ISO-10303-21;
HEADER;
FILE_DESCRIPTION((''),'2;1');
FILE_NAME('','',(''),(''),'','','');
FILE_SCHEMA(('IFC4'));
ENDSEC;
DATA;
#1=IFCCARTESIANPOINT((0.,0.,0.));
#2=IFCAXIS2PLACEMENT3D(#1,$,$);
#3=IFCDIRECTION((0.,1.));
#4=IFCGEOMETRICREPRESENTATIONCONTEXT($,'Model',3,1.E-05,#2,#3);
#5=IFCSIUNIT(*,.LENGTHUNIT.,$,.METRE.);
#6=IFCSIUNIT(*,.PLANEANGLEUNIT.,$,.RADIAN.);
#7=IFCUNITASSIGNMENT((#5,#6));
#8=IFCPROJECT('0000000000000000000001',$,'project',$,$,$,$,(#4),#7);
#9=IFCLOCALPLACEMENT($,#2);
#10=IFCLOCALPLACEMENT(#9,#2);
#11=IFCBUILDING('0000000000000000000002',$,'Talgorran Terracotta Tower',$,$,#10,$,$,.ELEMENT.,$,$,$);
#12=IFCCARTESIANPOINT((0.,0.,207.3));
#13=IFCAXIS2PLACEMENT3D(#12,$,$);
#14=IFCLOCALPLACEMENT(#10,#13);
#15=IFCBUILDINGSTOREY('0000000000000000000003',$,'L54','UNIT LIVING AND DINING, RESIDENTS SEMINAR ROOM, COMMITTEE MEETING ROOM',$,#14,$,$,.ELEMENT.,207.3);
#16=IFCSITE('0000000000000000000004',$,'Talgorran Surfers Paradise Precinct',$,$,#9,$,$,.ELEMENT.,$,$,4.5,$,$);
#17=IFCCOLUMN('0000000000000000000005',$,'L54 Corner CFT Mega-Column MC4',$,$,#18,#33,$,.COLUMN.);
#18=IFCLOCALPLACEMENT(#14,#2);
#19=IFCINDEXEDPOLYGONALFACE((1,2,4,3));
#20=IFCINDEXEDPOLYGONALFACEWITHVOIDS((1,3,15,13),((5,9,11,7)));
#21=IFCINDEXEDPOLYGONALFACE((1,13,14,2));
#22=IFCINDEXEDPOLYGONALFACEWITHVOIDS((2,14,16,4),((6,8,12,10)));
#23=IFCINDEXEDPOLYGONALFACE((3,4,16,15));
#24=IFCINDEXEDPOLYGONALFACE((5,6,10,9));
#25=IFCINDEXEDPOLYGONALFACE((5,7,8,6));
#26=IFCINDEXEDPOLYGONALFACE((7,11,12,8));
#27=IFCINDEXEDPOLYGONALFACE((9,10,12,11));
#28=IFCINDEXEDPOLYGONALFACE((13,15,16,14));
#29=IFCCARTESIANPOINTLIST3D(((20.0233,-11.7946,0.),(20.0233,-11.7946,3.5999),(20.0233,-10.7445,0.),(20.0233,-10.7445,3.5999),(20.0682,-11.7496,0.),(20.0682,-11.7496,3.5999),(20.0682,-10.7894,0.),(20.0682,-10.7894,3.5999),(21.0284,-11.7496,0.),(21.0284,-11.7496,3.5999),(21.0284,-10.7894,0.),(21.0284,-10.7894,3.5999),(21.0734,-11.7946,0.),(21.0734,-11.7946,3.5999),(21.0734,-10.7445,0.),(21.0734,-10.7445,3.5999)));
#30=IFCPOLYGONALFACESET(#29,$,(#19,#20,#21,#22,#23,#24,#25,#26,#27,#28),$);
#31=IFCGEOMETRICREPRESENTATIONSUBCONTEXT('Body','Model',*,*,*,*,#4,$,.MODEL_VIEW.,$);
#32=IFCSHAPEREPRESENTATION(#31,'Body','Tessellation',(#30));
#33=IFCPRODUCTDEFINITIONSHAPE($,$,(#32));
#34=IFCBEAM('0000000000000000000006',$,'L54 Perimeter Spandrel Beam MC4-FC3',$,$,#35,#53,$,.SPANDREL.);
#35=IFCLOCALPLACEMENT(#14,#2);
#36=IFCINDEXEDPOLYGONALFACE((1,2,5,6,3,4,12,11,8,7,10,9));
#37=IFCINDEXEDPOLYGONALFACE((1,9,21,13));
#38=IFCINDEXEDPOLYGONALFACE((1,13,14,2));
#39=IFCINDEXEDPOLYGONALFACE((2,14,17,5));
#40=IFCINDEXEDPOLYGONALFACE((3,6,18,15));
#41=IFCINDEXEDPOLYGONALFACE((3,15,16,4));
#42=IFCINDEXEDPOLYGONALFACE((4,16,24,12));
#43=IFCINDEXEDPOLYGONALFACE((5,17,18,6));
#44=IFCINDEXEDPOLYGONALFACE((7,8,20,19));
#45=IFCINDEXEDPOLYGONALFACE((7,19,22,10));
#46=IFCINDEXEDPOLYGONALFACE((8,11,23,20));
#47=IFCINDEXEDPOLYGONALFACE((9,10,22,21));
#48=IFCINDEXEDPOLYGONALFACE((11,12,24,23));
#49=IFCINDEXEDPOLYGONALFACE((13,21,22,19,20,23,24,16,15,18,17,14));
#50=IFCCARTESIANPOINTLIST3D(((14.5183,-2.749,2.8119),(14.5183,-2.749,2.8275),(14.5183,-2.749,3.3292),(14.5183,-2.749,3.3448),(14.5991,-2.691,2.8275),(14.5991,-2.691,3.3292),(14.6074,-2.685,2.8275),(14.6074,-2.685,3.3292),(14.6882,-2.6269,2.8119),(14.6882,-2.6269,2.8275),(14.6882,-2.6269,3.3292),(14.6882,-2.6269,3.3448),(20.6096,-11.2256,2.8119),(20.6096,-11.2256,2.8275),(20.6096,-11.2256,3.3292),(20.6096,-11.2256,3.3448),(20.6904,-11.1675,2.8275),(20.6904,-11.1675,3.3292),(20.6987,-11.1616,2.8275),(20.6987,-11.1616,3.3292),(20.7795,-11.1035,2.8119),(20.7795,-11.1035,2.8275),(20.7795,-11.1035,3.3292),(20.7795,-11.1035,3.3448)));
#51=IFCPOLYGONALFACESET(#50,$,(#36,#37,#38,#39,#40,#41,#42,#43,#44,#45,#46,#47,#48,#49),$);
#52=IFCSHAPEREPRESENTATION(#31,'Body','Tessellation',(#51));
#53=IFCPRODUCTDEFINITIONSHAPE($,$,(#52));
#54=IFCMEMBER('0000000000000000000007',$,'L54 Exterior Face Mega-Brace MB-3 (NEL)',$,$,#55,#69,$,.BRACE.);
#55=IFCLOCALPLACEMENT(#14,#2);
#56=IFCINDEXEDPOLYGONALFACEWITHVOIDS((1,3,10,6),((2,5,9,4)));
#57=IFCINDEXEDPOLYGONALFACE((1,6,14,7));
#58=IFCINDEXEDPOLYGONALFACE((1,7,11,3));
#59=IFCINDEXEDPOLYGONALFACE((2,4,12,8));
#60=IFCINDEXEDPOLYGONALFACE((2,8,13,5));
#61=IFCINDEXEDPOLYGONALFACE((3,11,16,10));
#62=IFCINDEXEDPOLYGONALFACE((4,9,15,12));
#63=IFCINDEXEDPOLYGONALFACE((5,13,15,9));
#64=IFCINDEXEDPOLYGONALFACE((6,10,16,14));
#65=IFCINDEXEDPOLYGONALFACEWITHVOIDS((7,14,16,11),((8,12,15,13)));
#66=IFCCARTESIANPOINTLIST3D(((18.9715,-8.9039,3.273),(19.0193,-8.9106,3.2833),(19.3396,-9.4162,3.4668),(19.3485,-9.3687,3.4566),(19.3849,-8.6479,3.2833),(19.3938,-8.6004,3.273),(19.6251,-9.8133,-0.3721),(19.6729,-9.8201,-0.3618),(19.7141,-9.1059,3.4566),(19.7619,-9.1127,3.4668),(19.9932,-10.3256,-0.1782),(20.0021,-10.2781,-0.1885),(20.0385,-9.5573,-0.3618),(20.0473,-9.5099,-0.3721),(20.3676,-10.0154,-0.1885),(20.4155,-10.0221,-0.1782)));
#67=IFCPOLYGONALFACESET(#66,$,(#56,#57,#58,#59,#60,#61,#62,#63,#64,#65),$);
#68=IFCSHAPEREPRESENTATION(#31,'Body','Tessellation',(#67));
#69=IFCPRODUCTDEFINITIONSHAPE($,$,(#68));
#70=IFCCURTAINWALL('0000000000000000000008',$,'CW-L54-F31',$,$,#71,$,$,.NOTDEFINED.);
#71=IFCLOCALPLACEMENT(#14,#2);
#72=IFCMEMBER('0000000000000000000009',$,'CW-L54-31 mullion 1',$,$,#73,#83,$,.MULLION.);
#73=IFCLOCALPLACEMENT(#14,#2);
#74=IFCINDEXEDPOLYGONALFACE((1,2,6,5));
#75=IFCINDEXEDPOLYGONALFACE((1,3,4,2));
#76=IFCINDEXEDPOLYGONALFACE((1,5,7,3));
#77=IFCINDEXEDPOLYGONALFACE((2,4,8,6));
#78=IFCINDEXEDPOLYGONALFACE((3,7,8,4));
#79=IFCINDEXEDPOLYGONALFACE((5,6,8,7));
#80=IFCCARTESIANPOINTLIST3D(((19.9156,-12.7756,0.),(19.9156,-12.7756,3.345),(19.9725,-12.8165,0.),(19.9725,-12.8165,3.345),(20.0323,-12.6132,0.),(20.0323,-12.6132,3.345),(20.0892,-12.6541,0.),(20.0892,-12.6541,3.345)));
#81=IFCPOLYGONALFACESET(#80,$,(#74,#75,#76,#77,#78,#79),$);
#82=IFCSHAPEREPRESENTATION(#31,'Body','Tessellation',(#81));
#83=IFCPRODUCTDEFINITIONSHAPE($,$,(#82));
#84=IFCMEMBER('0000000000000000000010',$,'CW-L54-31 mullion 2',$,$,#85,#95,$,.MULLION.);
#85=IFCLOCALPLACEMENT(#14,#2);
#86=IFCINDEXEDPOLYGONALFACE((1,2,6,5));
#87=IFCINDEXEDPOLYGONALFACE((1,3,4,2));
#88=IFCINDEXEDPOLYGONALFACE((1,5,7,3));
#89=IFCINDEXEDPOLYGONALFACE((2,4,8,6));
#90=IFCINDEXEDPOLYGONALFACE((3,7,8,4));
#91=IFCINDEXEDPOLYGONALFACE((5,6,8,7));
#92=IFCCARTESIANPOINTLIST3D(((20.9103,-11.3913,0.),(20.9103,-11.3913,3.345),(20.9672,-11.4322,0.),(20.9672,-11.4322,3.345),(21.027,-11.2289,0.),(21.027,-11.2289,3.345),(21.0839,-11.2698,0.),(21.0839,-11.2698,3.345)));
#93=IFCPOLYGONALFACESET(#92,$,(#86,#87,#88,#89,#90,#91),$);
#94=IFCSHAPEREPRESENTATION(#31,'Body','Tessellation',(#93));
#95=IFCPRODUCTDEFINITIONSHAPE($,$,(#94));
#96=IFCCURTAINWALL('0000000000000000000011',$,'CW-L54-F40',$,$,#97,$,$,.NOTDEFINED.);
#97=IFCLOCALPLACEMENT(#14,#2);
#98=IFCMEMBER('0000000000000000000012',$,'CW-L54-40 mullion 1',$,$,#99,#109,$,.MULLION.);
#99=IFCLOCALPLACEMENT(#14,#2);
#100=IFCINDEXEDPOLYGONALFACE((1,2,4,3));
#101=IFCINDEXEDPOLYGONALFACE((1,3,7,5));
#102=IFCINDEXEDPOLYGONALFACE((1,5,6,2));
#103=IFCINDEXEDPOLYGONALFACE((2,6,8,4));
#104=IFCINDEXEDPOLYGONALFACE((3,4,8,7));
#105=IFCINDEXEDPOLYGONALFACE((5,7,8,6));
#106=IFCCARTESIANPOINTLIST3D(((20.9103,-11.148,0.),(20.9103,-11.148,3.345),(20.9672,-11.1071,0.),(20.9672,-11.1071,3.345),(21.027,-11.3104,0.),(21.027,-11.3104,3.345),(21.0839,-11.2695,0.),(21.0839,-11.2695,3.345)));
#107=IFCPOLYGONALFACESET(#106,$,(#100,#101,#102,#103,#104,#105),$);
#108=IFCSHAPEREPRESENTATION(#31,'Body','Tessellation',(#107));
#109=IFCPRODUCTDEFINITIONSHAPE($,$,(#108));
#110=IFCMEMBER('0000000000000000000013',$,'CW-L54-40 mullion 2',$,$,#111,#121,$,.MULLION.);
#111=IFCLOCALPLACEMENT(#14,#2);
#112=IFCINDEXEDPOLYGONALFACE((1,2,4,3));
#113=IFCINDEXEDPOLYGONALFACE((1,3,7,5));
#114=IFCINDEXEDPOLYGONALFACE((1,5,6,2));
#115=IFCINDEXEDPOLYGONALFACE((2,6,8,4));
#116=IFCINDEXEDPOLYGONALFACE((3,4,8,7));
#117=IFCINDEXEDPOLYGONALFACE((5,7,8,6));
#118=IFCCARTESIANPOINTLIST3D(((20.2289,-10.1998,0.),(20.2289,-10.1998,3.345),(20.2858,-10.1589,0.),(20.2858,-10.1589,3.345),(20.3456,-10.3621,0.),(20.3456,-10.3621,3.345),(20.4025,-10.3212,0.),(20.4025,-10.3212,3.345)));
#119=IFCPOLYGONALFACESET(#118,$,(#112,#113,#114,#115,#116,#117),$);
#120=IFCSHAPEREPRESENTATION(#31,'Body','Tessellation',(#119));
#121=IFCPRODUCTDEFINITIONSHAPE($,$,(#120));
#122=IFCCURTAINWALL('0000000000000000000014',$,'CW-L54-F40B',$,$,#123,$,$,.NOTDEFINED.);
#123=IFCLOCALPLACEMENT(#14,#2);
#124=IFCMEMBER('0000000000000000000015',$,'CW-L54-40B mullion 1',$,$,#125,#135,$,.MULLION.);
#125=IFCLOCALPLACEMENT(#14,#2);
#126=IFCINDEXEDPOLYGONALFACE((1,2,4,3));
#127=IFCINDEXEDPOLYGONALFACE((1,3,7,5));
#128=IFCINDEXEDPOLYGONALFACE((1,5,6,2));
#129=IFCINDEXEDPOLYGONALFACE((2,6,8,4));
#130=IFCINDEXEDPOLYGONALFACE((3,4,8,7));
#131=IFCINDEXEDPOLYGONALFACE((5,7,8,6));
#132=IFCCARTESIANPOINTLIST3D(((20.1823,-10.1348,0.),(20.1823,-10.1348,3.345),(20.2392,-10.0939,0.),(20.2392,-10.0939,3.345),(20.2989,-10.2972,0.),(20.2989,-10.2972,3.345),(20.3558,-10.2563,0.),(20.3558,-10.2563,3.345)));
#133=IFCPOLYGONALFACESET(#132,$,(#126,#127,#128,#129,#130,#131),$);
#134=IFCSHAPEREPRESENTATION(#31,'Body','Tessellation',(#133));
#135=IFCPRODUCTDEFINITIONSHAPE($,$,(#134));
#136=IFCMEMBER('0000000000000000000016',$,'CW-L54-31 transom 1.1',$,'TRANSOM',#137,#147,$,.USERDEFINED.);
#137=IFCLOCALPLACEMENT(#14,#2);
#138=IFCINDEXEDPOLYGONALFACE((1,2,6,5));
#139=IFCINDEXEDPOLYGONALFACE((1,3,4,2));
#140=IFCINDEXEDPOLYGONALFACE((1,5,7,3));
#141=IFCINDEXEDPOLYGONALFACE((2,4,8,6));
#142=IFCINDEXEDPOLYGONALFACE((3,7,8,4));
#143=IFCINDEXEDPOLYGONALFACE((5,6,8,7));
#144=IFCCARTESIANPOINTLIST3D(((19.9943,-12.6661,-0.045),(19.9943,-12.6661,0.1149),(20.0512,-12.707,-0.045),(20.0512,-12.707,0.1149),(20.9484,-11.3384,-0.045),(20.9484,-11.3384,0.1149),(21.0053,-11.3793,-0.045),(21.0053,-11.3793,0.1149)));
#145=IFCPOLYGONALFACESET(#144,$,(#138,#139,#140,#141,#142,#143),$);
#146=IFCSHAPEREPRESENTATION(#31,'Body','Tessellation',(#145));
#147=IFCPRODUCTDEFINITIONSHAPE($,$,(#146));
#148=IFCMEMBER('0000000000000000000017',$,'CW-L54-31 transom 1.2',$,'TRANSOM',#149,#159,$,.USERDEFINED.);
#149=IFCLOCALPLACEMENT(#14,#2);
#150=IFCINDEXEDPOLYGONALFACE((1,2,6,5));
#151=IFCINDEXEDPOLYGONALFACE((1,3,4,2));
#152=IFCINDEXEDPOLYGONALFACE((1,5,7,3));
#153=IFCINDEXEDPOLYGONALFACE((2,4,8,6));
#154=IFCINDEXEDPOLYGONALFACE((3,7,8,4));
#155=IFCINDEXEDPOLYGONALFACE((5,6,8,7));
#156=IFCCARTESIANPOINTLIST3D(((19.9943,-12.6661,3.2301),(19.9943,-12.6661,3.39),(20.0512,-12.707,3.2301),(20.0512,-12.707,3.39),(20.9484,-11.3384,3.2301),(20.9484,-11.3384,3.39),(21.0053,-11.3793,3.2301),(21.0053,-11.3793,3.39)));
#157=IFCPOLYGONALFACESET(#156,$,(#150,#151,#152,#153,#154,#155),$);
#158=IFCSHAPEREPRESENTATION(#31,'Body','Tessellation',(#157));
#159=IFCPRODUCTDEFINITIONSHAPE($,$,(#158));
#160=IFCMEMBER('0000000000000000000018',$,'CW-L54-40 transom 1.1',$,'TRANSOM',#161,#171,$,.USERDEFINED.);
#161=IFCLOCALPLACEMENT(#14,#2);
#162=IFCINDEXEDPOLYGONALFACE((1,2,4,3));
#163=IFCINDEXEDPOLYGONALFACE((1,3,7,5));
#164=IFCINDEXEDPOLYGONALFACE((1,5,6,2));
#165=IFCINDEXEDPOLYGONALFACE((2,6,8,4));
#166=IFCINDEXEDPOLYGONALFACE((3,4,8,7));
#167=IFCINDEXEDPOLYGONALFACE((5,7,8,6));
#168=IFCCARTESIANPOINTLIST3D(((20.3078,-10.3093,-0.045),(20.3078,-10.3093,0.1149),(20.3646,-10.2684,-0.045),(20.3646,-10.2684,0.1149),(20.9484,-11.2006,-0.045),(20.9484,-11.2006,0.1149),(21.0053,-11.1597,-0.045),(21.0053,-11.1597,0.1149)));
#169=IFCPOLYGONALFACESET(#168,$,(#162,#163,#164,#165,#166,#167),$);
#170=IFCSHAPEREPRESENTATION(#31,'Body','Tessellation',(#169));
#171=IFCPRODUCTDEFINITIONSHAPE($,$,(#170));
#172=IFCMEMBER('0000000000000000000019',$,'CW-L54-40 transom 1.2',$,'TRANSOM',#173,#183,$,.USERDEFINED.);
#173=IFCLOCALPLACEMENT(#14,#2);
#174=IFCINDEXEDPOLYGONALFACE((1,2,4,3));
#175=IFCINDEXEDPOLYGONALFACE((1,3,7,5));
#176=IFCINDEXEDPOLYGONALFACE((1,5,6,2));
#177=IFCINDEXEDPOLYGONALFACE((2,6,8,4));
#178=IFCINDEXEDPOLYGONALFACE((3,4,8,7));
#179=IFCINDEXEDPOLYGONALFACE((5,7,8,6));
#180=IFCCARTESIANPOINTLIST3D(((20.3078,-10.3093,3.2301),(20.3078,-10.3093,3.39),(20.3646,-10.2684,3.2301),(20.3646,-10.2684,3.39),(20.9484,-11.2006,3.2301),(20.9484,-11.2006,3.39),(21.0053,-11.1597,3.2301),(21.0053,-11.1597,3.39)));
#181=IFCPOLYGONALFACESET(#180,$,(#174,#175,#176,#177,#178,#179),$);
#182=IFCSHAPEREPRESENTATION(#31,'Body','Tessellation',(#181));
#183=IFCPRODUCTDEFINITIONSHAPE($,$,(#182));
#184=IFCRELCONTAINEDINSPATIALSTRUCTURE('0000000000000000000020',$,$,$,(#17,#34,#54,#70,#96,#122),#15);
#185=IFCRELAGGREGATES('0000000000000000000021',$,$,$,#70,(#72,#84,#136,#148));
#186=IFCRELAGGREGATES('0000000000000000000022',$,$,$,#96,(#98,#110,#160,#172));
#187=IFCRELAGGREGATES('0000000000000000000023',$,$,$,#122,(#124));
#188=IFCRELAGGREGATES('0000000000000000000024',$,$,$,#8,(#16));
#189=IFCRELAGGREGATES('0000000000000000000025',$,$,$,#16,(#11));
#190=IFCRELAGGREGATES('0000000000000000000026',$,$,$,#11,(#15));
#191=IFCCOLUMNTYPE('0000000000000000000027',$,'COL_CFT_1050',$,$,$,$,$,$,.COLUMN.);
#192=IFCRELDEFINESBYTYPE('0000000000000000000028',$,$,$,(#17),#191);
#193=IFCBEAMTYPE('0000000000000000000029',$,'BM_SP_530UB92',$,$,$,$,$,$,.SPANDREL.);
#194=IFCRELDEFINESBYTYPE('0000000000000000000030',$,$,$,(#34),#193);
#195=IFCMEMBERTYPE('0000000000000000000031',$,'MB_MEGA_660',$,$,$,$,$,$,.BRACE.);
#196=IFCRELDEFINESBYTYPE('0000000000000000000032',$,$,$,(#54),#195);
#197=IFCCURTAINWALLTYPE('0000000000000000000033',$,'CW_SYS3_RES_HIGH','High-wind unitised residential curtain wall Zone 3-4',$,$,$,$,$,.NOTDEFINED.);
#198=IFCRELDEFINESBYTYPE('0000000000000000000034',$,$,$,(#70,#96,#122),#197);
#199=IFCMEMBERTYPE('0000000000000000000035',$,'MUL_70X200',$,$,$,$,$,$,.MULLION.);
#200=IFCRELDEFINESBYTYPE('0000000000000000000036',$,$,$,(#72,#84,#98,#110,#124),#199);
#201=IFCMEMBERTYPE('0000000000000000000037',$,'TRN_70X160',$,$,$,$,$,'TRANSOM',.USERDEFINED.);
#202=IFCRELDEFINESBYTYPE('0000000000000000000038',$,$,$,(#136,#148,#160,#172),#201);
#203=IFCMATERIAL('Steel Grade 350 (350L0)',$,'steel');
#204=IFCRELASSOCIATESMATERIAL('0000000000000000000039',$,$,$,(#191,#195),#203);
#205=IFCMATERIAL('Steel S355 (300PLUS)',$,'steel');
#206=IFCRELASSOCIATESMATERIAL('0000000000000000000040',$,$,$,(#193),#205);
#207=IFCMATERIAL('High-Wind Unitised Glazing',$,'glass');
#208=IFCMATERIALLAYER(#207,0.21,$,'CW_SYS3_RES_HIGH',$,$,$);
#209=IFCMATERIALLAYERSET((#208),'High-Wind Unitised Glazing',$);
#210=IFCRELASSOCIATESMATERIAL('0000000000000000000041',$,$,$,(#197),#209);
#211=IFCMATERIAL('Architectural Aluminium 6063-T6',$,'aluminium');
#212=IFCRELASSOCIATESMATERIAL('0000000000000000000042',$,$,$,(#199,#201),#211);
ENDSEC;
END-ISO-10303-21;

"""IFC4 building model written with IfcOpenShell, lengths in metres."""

from ifc_helpers import new_model, si_unit, direction, frame, origin, origin_2d, place, context, subcontext, project, spatial, rectangle, hollow_rectangle, i_section, extrude, material, layer, layer_set, material_profile, profile_set, type_object, element, aggregate, save


model = new_model("IFC4")

# Units and contexts
model_context = context("Model", 3, precision=1e-05, world=origin(), true_north=direction((0.0, 1.0)))
body_context = subcontext(model_context, "Body", "Model", "MODEL_VIEW")
ifc_project = project(units=[si_unit("LENGTHUNIT", "METRE"), si_unit("PLANEANGLEUNIT", "RADIAN")], contexts=[model_context])

# Site, building, storey
site_placement = place(None, origin())
site = spatial("IfcSite", under=ifc_project, at=site_placement, Name="Talgorran Surfers Paradise Precinct", CompositionType="ELEMENT", RefElevation=4.5)
building_placement = place(site_placement, origin())
building = spatial("IfcBuilding", under=site, at=building_placement, Name="Talgorran Terracotta Tower", CompositionType="ELEMENT")
storey_placement = place(building_placement, frame((0.0, 0.0, 207.3)))
storey = spatial("IfcBuildingStorey", under=building, at=storey_placement, Name="L54", Description="UNIT LIVING AND DINING, RESIDENTS SEMINAR ROOM, COMMITTEE MEETING ROOM", CompositionType="ELEMENT", Elevation=207.3)

# Column
ifc_material_1 = material(Name="Steel Grade 350 (350L0)", Category="steel")
ifc_material_profile_1 = material_profile(ifc_material_1, hollow_rectangle(XDim=1.05, YDim=1.05, WallThickness=0.0449, at=origin_2d()), Name="CFT1050X1050X45")
ifc_profile_set_1 = profile_set([ifc_material_profile_1], Name="Steel Grade 350 (350L0)")
column_type = type_object("IfcColumnType", Name="COL_CFT_1050", PredefinedType="COLUMN", material=ifc_profile_set_1)
column_placement = place(storey_placement, frame((20.5483, -11.2695, 0.0), z_axis=(0.0, 0.0, 1.0), x_axis=(1.0, 0.0, 0.0)))
element("IfcColumn", 1, at=column_placement, inside=storey, type_object=column_type, Name="L54 Corner CFT Mega-Column MC4", PredefinedType="COLUMN", context=body_context, shape_type="SweptSolid", body=[
    extrude(hollow_rectangle(XDim=1.05, YDim=1.05, WallThickness=0.0449, at=origin_2d()), origin(), (0.0, 0.0, 1.0), 3.5999),
])

# Beam
ifc_material_2 = material(Name="Steel S355 (300PLUS)", Category="steel")
ifc_material_profile_2 = material_profile(ifc_material_2, i_section(OverallWidth=0.2092, OverallDepth=0.533, WebThickness=0.0103, FlangeThickness=0.0156, at=origin_2d()), Name="530UB92.4")
ifc_profile_set_2 = profile_set([ifc_material_profile_2], Name="Steel S355 (300PLUS)")
beam_type = type_object("IfcBeamType", Name="BM_SP_530UB92", PredefinedType="SPANDREL", material=ifc_profile_set_2)
beam_placement = place(storey_placement, frame((20.6946, -11.1646, 3.0784), z_axis=(-0.583559, 0.812071, 0.0), x_axis=(-0.812071, -0.583559, 0.0)))
element("IfcBeam", 2, at=beam_placement, inside=storey, type_object=beam_type, Name="L54 Perimeter Spandrel Beam MC4-FC3", PredefinedType="SPANDREL", context=body_context, shape_type="SweptSolid", body=[
    extrude(i_section(OverallWidth=0.2092, OverallDepth=0.533, WebThickness=0.0103, FlangeThickness=0.0156, at=origin_2d()), origin(), (0.0, 0.0, 1.0), 10.4382),
])

# Member
ifc_material_profile_3 = material_profile(ifc_material_1, hollow_rectangle(XDim=0.52, YDim=0.6599, WallThickness=0.0349, at=origin_2d()), Name="WBOX660X520X35")
ifc_profile_set_3 = profile_set([ifc_material_profile_3], Name="Steel Grade 350 (350L0)")
member_type_1 = type_object("IfcMemberType", Name="MB_MEGA_660", PredefinedType="BRACE", material=ifc_profile_set_3)
member_1_placement = place(storey_placement, frame((20.0203, -9.9177, -0.2751), z_axis=(-0.171396, 0.238495, 0.955899), x_axis=(-0.812051, -0.583587, 0.0)))
element("IfcMember", 3, at=member_1_placement, inside=storey, type_object=member_type_1, Name="L54 Exterior Face Mega-Brace MB-3 (NEL)", PredefinedType="BRACE", context=body_context, shape_type="SweptSolid", body=[
    extrude(hollow_rectangle(XDim=0.52, YDim=0.6599, WallThickness=0.0349, at=origin_2d()), origin(), (0.0, 0.0, 1.0), 3.8132),
])

# Curtain walls, members
ifc_material_3 = material(Name="High-Wind Unitised Glazing", Category="glass")
ifc_layer_1 = layer(ifc_material_3, 0.21, Name="CW_SYS3_RES_HIGH")
ifc_layer_set_1 = layer_set([ifc_layer_1], Name="High-Wind Unitised Glazing")
curtain_wall_type = type_object("IfcCurtainWallType", Name="CW_SYS3_RES_HIGH", Description="High-wind unitised residential curtain wall Zone 3-4", PredefinedType="NOTDEFINED", material=ifc_layer_set_1)
curtain_wall_1_placement = place(storey_placement, origin())
curtain_wall_1 = element("IfcCurtainWall", 4, at=curtain_wall_1_placement, inside=storey, type_object=curtain_wall_type, Name="CW-L54-F31", PredefinedType="NOTDEFINED")
ifc_material_4 = material(Name="Architectural Aluminium 6063-T6", Category="aluminium")
ifc_material_profile_4 = material_profile(ifc_material_4, rectangle(XDim=0.0701, YDim=0.2, at=origin_2d()), Name="CWM70X200")
ifc_profile_set_4 = profile_set([ifc_material_profile_4], Name="Architectural Aluminium 6063-T6")
member_type_2 = type_object("IfcMemberType", Name="MUL_70X200", PredefinedType="MULLION", material=ifc_profile_set_4)
member_2_placement = place(storey_placement, frame((20.0024, -12.7148, 0.0), z_axis=(0.0, 0.0, 1.0), x_axis=(-0.812059, 0.583576, 0.0)))
member_2 = element("IfcMember", 5, at=member_2_placement, type_object=member_type_2, Name="CW-L54-31 mullion 1", PredefinedType="MULLION", context=body_context, shape_type="SweptSolid", body=[
    extrude(rectangle(XDim=0.0701, YDim=0.2, at=origin_2d()), origin(), (0.0, 0.0, 1.0), 3.345),
])
member_3_placement = place(storey_placement, frame((20.9971, -11.3306, 0.0), z_axis=(0.0, 0.0, 1.0), x_axis=(-0.812059, 0.583576, 0.0)))
member_3 = element("IfcMember", 6, at=member_3_placement, type_object=member_type_2, Name="CW-L54-31 mullion 2", PredefinedType="MULLION", context=body_context, shape_type="SweptSolid", body=[
    extrude(rectangle(XDim=0.0701, YDim=0.2, at=origin_2d()), origin(), (0.0, 0.0, 1.0), 3.345),
])
curtain_wall_2_placement = place(storey_placement, origin())
curtain_wall_2 = element("IfcCurtainWall", 7, at=curtain_wall_2_placement, inside=storey, type_object=curtain_wall_type, Name="CW-L54-F40", PredefinedType="NOTDEFINED")
member_4_placement = place(storey_placement, frame((20.9971, -11.2087, 0.0), z_axis=(0.0, 0.0, 1.0), x_axis=(-0.81206, -0.583574, 0.0)))
member_4 = element("IfcMember", 8, at=member_4_placement, type_object=member_type_2, Name="CW-L54-40 mullion 1", PredefinedType="MULLION", context=body_context, shape_type="SweptSolid", body=[
    extrude(rectangle(XDim=0.0701, YDim=0.2, at=origin_2d()), origin(), (0.0, 0.0, 1.0), 3.345),
])
member_5_placement = place(storey_placement, frame((20.3157, -10.2605, 0.0), z_axis=(0.0, 0.0, 1.0), x_axis=(-0.81206, -0.583574, 0.0)))
member_5 = element("IfcMember", 9, at=member_5_placement, type_object=member_type_2, Name="CW-L54-40 mullion 2", PredefinedType="MULLION", context=body_context, shape_type="SweptSolid", body=[
    extrude(rectangle(XDim=0.0701, YDim=0.2, at=origin_2d()), origin(), (0.0, 0.0, 1.0), 3.345),
])

# Curtain wall, member
curtain_wall_3_placement = place(storey_placement, origin())
curtain_wall_3 = element("IfcCurtainWall", 10, at=curtain_wall_3_placement, inside=storey, type_object=curtain_wall_type, Name="CW-L54-F40B", PredefinedType="NOTDEFINED")
member_6_placement = place(storey_placement, frame((20.269, -10.1956, 0.0), z_axis=(0.0, 0.0, 1.0), x_axis=(-0.812063, -0.58357, 0.0)))
member_6 = element("IfcMember", 11, at=member_6_placement, type_object=member_type_2, Name="CW-L54-40B mullion 1", PredefinedType="MULLION", context=body_context, shape_type="SweptSolid", body=[
    extrude(rectangle(XDim=0.0701, YDim=0.2, at=origin_2d()), origin(), (0.0, 0.0, 1.0), 3.345),
])

# Members
ifc_material_profile_5 = material_profile(ifc_material_4, rectangle(XDim=0.0701, YDim=0.1599, at=origin_2d()), Name="CWT70X160")
ifc_profile_set_5 = profile_set([ifc_material_profile_5], Name="Architectural Aluminium 6063-T6")
member_type_3 = type_object("IfcMemberType", Name="TRN_70X160", ElementType="TRANSOM", PredefinedType="USERDEFINED", material=ifc_profile_set_5)
member_7_placement = place(storey_placement, frame((20.0227, -12.6865, 0.0349), z_axis=(0.583581, 0.812055, 0.0), x_axis=(-0.812055, 0.583581, 0.0)))
member_7 = element("IfcMember", 12, at=member_7_placement, type_object=member_type_3, Name="CW-L54-31 transom 1.1", ObjectType="TRANSOM", PredefinedType="USERDEFINED", context=body_context, shape_type="SweptSolid", body=[
    extrude(rectangle(XDim=0.0701, YDim=0.1599, at=origin_2d()), origin(), (0.0, 0.0, 1.0), 1.635),
])
member_8_placement = place(storey_placement, frame((20.0227, -12.6865, 3.3101), z_axis=(0.583581, 0.812055, 0.0), x_axis=(-0.812055, 0.583581, 0.0)))
member_8 = element("IfcMember", 13, at=member_8_placement, type_object=member_type_3, Name="CW-L54-31 transom 1.2", ObjectType="TRANSOM", PredefinedType="USERDEFINED", context=body_context, shape_type="SweptSolid", body=[
    extrude(rectangle(XDim=0.0701, YDim=0.1599, at=origin_2d()), origin(), (0.0, 0.0, 1.0), 1.635),
])
member_9_placement = place(storey_placement, frame((20.9768, -11.1802, 0.0349), z_axis=(-0.583613, 0.812032, 0.0), x_axis=(-0.812032, -0.583613, 0.0)))
member_9 = element("IfcMember", 14, at=member_9_placement, type_object=member_type_3, Name="CW-L54-40 transom 1.1", ObjectType="TRANSOM", PredefinedType="USERDEFINED", context=body_context, shape_type="SweptSolid", body=[
    extrude(rectangle(XDim=0.0701, YDim=0.1599, at=origin_2d()), origin(), (0.0, 0.0, 1.0), 1.0977),
])
member_10_placement = place(storey_placement, frame((20.9768, -11.1802, 3.3101), z_axis=(-0.583613, 0.812032, 0.0), x_axis=(-0.812032, -0.583613, 0.0)))
member_10 = element("IfcMember", 15, at=member_10_placement, type_object=member_type_3, Name="CW-L54-40 transom 1.2", ObjectType="TRANSOM", PredefinedType="USERDEFINED", context=body_context, shape_type="SweptSolid", body=[
    extrude(rectangle(XDim=0.0701, YDim=0.1599, at=origin_2d()), origin(), (0.0, 0.0, 1.0), 1.0977),
])

aggregate(curtain_wall_1, [member_2, member_3, member_7, member_8])
aggregate(curtain_wall_2, [member_4, member_5, member_9, member_10])
aggregate(curtain_wall_3, [member_6])

save(model, "model.ifc")
